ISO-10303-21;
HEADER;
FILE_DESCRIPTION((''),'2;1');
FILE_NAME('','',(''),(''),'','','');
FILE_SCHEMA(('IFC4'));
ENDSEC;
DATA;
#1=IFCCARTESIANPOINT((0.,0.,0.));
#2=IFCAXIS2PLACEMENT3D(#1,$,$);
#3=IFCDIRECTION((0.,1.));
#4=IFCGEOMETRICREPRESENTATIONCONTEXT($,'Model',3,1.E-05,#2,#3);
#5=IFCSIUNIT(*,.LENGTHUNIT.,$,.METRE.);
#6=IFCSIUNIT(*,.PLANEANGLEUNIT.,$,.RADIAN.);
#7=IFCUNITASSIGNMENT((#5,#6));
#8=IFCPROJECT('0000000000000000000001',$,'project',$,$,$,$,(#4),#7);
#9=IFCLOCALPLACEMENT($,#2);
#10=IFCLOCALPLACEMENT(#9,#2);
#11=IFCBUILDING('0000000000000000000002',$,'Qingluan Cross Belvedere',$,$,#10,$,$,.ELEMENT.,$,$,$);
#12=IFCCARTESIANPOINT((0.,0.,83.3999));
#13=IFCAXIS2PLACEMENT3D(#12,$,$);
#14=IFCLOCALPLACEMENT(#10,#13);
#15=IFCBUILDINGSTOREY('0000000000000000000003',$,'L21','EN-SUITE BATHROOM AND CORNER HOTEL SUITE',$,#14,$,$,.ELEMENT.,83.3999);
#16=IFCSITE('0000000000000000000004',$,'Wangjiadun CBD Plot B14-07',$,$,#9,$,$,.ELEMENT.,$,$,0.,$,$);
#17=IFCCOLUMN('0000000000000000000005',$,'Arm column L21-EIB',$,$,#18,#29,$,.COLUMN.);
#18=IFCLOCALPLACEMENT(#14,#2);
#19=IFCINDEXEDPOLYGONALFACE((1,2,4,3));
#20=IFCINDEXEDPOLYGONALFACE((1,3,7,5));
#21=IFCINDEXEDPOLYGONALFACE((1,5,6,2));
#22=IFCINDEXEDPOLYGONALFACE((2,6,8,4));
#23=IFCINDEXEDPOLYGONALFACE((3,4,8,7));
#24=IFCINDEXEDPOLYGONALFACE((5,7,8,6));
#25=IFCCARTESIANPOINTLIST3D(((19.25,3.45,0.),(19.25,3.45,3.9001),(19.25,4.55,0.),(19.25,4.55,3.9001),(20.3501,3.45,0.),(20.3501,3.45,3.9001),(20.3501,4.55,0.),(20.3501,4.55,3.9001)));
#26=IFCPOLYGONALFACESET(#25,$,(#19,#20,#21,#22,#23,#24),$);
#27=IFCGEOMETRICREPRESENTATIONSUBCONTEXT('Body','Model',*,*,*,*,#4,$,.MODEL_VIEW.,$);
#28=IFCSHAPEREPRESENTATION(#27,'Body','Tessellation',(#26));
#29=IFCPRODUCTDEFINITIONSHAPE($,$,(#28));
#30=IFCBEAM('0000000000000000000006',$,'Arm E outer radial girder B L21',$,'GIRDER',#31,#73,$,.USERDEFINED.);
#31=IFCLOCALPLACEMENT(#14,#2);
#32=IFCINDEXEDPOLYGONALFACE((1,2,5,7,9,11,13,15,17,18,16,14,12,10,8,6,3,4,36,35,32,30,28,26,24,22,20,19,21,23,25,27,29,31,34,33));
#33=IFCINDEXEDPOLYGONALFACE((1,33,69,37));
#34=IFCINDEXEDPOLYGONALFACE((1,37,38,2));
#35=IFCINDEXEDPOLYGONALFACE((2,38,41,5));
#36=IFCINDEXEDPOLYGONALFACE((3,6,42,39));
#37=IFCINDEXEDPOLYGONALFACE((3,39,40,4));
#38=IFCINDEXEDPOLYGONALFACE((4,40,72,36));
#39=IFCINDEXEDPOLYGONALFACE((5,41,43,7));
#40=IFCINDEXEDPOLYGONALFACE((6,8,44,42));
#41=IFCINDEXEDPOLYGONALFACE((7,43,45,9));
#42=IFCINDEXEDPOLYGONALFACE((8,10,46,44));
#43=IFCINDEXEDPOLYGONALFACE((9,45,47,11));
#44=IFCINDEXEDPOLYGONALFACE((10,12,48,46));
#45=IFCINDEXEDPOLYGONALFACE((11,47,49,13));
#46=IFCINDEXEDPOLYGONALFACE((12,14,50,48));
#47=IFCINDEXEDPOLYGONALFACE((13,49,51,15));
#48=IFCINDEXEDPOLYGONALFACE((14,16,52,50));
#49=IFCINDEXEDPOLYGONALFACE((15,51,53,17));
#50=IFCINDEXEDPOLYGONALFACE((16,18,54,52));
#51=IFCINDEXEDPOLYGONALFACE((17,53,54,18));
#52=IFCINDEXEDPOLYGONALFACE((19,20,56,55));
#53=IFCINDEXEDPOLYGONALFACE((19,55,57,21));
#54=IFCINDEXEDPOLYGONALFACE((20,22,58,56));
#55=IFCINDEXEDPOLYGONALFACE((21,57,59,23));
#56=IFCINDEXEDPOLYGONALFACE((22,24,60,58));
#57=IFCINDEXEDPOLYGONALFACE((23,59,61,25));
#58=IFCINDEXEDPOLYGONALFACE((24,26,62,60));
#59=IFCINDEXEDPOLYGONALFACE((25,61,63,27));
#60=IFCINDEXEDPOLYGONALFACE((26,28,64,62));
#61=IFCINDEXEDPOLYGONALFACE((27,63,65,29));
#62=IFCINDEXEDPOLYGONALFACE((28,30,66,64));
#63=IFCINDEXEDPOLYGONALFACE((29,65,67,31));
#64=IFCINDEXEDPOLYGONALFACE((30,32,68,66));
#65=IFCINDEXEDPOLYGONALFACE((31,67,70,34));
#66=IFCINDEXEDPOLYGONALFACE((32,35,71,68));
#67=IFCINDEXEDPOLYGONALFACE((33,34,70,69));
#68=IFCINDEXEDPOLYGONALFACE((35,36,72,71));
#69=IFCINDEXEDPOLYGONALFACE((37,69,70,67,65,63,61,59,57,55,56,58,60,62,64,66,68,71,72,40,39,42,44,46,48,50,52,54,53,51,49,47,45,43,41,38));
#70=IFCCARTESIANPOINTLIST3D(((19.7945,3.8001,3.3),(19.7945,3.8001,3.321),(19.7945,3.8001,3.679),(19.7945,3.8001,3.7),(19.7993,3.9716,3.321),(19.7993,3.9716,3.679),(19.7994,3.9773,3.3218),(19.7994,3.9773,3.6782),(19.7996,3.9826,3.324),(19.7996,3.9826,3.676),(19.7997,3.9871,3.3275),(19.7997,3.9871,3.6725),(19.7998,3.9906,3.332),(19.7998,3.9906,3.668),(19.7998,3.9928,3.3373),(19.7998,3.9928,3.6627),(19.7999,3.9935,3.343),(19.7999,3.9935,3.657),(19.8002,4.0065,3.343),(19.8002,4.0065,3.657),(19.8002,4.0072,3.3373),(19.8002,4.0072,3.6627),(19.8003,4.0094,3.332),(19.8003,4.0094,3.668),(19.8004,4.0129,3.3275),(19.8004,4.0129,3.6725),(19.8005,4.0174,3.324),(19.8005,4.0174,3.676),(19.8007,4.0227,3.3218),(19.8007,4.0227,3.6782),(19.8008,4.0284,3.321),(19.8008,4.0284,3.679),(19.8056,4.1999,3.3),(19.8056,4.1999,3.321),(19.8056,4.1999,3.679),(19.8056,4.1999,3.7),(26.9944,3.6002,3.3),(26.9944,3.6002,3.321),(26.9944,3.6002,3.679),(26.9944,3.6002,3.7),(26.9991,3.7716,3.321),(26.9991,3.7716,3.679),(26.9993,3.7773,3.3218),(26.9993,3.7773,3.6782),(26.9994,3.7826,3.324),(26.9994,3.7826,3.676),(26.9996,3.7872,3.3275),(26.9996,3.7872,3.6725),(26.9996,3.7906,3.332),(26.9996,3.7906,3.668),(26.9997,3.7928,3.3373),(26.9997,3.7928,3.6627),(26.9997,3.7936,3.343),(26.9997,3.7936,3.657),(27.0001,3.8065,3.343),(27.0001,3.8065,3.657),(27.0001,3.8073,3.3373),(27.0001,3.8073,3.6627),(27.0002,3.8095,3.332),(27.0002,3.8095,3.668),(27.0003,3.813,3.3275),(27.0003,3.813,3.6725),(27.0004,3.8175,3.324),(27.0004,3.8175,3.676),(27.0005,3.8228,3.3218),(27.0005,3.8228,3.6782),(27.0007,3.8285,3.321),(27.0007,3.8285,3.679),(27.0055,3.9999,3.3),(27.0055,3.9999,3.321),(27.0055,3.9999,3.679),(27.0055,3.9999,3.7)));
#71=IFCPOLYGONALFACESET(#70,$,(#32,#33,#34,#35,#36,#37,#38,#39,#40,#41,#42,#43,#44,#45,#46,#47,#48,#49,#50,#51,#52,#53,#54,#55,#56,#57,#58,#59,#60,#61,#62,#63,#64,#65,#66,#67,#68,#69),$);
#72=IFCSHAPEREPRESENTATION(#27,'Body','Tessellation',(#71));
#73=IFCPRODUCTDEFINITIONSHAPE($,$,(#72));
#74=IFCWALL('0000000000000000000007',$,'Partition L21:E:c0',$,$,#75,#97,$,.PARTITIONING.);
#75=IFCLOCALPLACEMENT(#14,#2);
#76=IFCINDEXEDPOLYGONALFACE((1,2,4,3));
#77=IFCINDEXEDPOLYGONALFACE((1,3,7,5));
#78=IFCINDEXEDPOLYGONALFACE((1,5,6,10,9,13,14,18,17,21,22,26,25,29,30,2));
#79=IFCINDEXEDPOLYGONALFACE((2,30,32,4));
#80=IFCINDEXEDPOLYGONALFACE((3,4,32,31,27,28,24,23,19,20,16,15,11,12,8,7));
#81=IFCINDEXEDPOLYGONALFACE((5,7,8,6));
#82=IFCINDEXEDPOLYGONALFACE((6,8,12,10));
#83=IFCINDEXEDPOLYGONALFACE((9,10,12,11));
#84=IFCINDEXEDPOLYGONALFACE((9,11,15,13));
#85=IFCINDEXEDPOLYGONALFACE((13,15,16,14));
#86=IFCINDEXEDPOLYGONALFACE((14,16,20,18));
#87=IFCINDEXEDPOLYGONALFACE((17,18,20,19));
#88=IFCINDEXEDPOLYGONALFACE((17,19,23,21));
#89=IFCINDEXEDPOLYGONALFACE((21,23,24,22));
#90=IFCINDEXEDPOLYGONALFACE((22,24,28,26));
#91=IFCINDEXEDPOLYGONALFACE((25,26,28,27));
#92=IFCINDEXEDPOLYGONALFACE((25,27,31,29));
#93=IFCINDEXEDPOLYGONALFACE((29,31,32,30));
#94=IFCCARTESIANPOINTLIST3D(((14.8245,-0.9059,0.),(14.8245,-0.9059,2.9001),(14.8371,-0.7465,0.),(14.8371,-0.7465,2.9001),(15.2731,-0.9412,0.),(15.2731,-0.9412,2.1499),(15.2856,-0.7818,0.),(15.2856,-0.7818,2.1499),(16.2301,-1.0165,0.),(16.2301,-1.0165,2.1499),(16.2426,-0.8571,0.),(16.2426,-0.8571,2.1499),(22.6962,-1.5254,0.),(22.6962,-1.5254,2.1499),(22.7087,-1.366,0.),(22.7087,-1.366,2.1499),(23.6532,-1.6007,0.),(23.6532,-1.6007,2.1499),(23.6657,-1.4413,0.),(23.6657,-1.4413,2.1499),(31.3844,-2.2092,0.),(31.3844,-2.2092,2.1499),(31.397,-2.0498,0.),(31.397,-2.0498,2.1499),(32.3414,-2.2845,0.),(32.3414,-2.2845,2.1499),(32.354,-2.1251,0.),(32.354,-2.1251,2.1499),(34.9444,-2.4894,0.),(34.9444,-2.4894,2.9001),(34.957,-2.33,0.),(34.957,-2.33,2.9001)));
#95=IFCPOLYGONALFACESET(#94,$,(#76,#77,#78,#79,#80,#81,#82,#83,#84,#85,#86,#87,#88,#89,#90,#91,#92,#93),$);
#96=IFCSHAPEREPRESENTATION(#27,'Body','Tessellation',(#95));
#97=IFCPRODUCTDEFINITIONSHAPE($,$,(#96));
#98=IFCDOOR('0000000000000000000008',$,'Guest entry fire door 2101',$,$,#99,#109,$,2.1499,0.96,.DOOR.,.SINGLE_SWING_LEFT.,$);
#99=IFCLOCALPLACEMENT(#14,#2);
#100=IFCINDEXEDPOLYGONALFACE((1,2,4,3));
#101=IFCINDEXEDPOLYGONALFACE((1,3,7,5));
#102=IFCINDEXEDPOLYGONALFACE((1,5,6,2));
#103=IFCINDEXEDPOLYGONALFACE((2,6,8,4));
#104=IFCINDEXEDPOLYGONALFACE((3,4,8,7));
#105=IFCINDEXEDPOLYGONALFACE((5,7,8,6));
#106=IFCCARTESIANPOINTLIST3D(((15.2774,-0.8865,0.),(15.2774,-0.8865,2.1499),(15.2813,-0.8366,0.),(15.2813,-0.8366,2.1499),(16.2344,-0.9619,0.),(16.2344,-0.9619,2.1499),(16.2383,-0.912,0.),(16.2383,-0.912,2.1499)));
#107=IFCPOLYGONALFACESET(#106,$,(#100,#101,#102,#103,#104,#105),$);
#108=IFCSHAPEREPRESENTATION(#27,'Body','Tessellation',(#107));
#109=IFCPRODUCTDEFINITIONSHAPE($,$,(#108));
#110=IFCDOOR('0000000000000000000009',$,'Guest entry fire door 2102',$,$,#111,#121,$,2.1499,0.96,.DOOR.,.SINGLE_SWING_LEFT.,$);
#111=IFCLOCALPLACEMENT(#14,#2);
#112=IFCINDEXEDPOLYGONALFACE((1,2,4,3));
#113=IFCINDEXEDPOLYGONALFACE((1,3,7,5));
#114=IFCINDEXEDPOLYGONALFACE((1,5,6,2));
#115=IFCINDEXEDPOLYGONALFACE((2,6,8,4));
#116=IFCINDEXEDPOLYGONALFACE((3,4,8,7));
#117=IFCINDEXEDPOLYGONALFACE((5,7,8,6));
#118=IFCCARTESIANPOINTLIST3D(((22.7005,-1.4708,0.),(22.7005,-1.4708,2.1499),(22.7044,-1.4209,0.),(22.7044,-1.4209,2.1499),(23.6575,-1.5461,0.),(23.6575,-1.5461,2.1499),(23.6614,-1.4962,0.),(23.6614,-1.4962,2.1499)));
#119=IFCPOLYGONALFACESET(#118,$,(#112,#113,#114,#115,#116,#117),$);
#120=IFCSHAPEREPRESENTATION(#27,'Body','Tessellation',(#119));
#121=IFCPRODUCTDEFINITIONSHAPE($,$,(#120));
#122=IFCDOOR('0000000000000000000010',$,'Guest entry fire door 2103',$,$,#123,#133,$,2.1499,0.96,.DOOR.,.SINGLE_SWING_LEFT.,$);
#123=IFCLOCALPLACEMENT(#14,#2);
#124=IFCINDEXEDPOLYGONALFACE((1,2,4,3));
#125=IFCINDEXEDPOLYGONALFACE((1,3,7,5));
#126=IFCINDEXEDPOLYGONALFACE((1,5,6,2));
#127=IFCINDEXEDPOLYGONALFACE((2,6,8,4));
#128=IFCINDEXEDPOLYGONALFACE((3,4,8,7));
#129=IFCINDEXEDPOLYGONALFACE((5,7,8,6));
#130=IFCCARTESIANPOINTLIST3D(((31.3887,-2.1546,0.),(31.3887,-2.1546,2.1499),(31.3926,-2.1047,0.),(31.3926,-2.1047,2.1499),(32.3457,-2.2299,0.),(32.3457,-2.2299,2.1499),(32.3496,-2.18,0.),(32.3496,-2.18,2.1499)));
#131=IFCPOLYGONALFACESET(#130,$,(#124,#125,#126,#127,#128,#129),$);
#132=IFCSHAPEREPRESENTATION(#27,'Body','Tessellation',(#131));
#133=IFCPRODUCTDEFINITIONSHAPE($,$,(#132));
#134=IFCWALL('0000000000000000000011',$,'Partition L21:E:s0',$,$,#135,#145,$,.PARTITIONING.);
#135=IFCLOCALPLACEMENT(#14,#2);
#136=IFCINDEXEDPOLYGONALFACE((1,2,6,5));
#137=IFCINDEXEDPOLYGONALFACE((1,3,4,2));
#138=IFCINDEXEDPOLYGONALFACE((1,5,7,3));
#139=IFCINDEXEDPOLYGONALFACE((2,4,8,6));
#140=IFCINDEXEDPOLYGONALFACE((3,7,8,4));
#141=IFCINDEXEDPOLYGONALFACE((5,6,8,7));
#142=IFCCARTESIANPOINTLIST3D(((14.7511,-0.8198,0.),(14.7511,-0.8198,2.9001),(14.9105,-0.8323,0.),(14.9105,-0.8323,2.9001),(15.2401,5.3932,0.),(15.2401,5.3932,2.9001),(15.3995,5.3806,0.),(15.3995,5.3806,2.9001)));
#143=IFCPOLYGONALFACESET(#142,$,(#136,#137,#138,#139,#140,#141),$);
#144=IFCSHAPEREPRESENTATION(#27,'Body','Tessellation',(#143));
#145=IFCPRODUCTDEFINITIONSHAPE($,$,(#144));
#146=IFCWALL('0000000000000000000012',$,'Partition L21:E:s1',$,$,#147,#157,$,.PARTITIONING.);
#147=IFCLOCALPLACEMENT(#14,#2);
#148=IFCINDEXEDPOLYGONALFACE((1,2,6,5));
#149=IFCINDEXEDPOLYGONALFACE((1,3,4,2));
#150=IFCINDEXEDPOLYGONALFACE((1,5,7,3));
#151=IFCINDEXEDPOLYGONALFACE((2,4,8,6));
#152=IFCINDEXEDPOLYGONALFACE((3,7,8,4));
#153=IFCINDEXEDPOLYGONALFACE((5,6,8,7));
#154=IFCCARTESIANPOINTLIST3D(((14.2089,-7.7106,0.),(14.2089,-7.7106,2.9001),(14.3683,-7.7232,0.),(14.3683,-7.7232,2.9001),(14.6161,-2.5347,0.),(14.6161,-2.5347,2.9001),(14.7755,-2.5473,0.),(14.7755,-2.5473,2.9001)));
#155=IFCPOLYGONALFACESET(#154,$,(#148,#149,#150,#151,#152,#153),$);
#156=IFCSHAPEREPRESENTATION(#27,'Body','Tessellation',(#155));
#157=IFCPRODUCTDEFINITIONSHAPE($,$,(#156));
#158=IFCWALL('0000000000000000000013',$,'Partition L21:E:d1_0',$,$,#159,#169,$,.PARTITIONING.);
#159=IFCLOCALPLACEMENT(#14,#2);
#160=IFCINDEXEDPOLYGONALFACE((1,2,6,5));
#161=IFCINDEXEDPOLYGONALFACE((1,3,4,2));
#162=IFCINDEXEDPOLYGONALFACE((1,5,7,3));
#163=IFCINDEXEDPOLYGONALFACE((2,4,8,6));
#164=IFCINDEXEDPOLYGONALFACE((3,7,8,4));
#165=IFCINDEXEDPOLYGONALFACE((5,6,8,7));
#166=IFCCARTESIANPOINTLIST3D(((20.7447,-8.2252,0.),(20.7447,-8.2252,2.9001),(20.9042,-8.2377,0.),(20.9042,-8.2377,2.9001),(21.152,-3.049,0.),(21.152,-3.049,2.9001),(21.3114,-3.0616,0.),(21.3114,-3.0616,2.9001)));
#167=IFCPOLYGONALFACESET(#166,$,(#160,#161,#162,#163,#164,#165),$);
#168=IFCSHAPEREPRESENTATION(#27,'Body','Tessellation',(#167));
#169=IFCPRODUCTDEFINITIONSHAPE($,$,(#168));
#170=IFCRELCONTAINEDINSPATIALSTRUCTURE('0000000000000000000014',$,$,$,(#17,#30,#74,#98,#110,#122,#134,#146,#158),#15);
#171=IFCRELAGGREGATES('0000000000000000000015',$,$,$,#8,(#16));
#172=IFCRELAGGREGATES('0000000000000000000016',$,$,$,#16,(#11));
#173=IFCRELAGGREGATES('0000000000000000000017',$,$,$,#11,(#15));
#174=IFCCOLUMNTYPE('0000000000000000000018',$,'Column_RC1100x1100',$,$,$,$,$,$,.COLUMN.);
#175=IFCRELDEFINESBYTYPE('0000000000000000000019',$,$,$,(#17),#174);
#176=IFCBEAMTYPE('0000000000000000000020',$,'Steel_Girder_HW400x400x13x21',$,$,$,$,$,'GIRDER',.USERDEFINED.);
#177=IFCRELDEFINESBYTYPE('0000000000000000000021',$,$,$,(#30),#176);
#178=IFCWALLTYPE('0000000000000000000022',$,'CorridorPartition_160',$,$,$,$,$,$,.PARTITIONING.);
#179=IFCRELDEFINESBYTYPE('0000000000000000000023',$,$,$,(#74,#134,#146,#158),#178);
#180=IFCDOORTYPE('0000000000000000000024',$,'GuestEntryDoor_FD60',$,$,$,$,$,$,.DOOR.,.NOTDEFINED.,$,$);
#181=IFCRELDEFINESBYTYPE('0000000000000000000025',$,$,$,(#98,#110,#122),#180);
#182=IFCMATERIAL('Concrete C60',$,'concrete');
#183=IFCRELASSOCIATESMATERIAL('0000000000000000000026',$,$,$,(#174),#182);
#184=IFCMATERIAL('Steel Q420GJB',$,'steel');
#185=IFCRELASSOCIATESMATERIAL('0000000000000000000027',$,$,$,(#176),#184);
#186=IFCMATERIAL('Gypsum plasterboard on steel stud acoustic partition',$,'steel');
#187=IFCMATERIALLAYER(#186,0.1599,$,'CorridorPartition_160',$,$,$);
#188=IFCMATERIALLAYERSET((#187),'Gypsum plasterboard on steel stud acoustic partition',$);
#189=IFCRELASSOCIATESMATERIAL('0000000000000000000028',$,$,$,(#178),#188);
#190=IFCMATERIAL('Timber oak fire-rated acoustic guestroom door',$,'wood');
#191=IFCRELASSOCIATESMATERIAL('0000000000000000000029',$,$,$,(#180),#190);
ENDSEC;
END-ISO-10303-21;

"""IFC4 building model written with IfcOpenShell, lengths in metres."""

from ifc_helpers import new_model, si_unit, direction, frame, frame_2d, origin, origin_2d, place, context, subcontext, project, spatial, rectangle, i_section, extrude, material, layer, layer_set, material_profile, profile_set, type_object, element, fill, save


model = new_model("IFC4")

# Units and contexts
model_context = context("Model", 3, precision=1e-05, world=origin(), true_north=direction((0.0, 1.0)))
body_context = subcontext(model_context, "Body", "Model", "MODEL_VIEW")
ifc_project = project(units=[si_unit("LENGTHUNIT", "METRE"), si_unit("PLANEANGLEUNIT", "RADIAN")], contexts=[model_context])

# Site, building, storey
site_placement = place(None, origin())
site = spatial("IfcSite", under=ifc_project, at=site_placement, Name="Wangjiadun CBD Plot B14-07", CompositionType="ELEMENT", RefElevation=0.0)
building_placement = place(site_placement, origin())
building = spatial("IfcBuilding", under=site, at=building_placement, Name="Qingluan Cross Belvedere", CompositionType="ELEMENT")
storey_placement = place(building_placement, frame((0.0, 0.0, 83.3999)))
storey = spatial("IfcBuildingStorey", under=building, at=storey_placement, Name="L21", Description="EN-SUITE BATHROOM AND CORNER HOTEL SUITE", CompositionType="ELEMENT", Elevation=83.3999)

# Column
ifc_material_1 = material(Name="Concrete C60", Category="concrete")
ifc_material_profile_1 = material_profile(ifc_material_1, rectangle(XDim=1.1001, YDim=1.1001, at=origin_2d()), Name="RC1100x1100")
ifc_profile_set_1 = profile_set([ifc_material_profile_1], Name="Concrete C60")
column_type = type_object("IfcColumnType", Name="Column_RC1100x1100", PredefinedType="COLUMN", material=ifc_profile_set_1)
column_placement = place(storey_placement, frame((19.8, 4.0, 0.0), z_axis=(0.0, 0.0, 1.0), x_axis=(1.0, 0.0, 0.0)))
element("IfcColumn", 1, at=column_placement, inside=storey, type_object=column_type, Name="Arm column L21-EIB", PredefinedType="COLUMN", context=body_context, shape_type="SweptSolid", body=[
    extrude(rectangle(XDim=1.1001, YDim=1.1001, at=origin_2d()), origin(), (0.0, 0.0, 1.0), 3.9001),
])

# Beam
ifc_material_2 = material(Name="Steel Q420GJB", Category="steel")
ifc_material_profile_2 = material_profile(ifc_material_2, i_section(OverallWidth=0.3999, OverallDepth=0.3999, WebThickness=0.0129, FlangeThickness=0.021, FilletRadius=0.022, at=origin_2d()), Name="HW400x400x13x21")
ifc_profile_set_2 = profile_set([ifc_material_profile_2], Name="Steel Q420GJB")
beam_type = type_object("IfcBeamType", Name="Steel_Girder_HW400x400x13x21", ElementType="GIRDER", PredefinedType="USERDEFINED", material=ifc_profile_set_2)
beam_placement = place(storey_placement, frame((19.8, 4.0, 3.5), z_axis=(0.999615, -0.02776, 0.0), x_axis=(0.02776, 0.999615, 0.0)))
element("IfcBeam", 2, at=beam_placement, inside=storey, type_object=beam_type, Name="Arm E outer radial girder B L21", ObjectType="GIRDER", PredefinedType="USERDEFINED", context=body_context, shape_type="SweptSolid", body=[
    extrude(i_section(OverallWidth=0.3999, OverallDepth=0.3999, WebThickness=0.0129, FlangeThickness=0.021, FilletRadius=0.022, at=origin_2d()), origin(), (0.0, 0.0, 1.0), 7.2026),
])

# Wall, openings, doors
ifc_material_3 = material(Name="Gypsum plasterboard on steel stud acoustic partition", Category="steel")
ifc_layer_1 = layer(ifc_material_3, 0.1599, Name="CorridorPartition_160")
ifc_layer_set_1 = layer_set([ifc_layer_1], Name="Gypsum plasterboard on steel stud acoustic partition")
wall_type_1 = type_object("IfcWallType", Name="CorridorPartition_160", PredefinedType="PARTITIONING", material=ifc_layer_set_1)
wall_1_placement = place(storey_placement, frame((14.8308, -0.8262, 0.0), z_axis=(0.0, 0.0, 1.0), x_axis=(0.996917, -0.07846, 0.0)))
wall_1 = element("IfcWall", 3, at=wall_1_placement, inside=storey, type_object=wall_type_1, Name="Partition L21:E:c0", PredefinedType="PARTITIONING", context=body_context, shape_type="SweptSolid", body=[
    extrude(rectangle(XDim=20.1821, YDim=0.1599, at=frame_2d((10.0911, 0.0))), origin(), (0.0, 0.0, 1.0), 2.9001),
])
opening_1_placement = place(wall_1_placement, frame((0.45, 0.0, 0.0)))
opening_1 = element("IfcOpeningElement", 4, at=opening_1_placement, cuts=wall_1, PredefinedType="OPENING", context=body_context, shape_type="SweptSolid", body=[
    extrude(rectangle(XDim=0.96, YDim=2.1499, at=frame_2d((0.48, 1.075))), frame((0.0, 0.0898, 0.0), z_axis=(0.0, -1.0, 0.0), x_axis=(1.0, 0.0, 0.0)), (0.0, 0.0, 1.0), 0.1799),
])
opening_2_placement = place(wall_1_placement, frame((7.896, 0.0, 0.0)))
opening_2 = element("IfcOpeningElement", 5, at=opening_2_placement, cuts=wall_1, PredefinedType="OPENING", context=body_context, shape_type="SweptSolid", body=[
    extrude(rectangle(XDim=0.96, YDim=2.1499, at=frame_2d((0.48, 1.075))), frame((0.0, 0.0898, 0.0), z_axis=(0.0, -1.0, 0.0), x_axis=(1.0, 0.0, 0.0)), (0.0, 0.0, 1.0), 0.1799),
])
opening_3_placement = place(wall_1_placement, frame((16.6111, 0.0, 0.0)))
opening_3 = element("IfcOpeningElement", 6, at=opening_3_placement, cuts=wall_1, PredefinedType="OPENING", context=body_context, shape_type="SweptSolid", body=[
    extrude(rectangle(XDim=0.96, YDim=2.1499, at=frame_2d((0.48, 1.075))), frame((0.0, 0.0898, 0.0), z_axis=(0.0, -1.0, 0.0), x_axis=(1.0, 0.0, 0.0)), (0.0, 0.0, 1.0), 0.1799),
])
ifc_material_4 = material(Name="Timber oak fire-rated acoustic guestroom door", Category="wood")
door_type_1 = type_object("IfcDoorType", Name="GuestEntryDoor_FD60", OperationType="NOTDEFINED", PredefinedType="DOOR", material=ifc_material_4)
door_1_placement = place(opening_1_placement, origin())
door_1 = element("IfcDoor", 7, at=door_1_placement, inside=storey, type_object=door_type_1, Name="Guest entry fire door 2101", OperationType="SINGLE_SWING_LEFT", OverallHeight=2.1499, OverallWidth=0.96, PredefinedType="DOOR", context=body_context, shape_type="SweptSolid", body=[
    extrude(rectangle(XDim=0.96, YDim=2.1499, at=frame_2d((0.48, 1.075))), frame((0.0, 0.0249, 0.0), z_axis=(0.0, -1.0, 0.0), x_axis=(1.0, 0.0, 0.0)), (0.0, 0.0, 1.0), 0.05),
])
fill(opening_1, door_1)
door_2_placement = place(opening_2_placement, origin())
door_2 = element("IfcDoor", 8, at=door_2_placement, inside=storey, type_object=door_type_1, Name="Guest entry fire door 2102", OperationType="SINGLE_SWING_LEFT", OverallHeight=2.1499, OverallWidth=0.96, PredefinedType="DOOR", context=body_context, shape_type="SweptSolid", body=[
    extrude(rectangle(XDim=0.96, YDim=2.1499, at=frame_2d((0.48, 1.075))), frame((0.0, 0.0249, 0.0), z_axis=(0.0, -1.0, 0.0), x_axis=(1.0, 0.0, 0.0)), (0.0, 0.0, 1.0), 0.05),
])
fill(opening_2, door_2)
door_3_placement = place(opening_3_placement, origin())
door_3 = element("IfcDoor", 9, at=door_3_placement, inside=storey, type_object=door_type_1, Name="Guest entry fire door 2103", OperationType="SINGLE_SWING_LEFT", OverallHeight=2.1499, OverallWidth=0.96, PredefinedType="DOOR", context=body_context, shape_type="SweptSolid", body=[
    extrude(rectangle(XDim=0.96, YDim=2.1499, at=frame_2d((0.48, 1.075))), frame((0.0, 0.0249, 0.0), z_axis=(0.0, -1.0, 0.0), x_axis=(1.0, 0.0, 0.0)), (0.0, 0.0, 1.0), 0.05),
])
fill(opening_3, door_3)

# Walls
wall_2_placement = place(storey_placement, frame((14.8308, -0.8262, 0.0), z_axis=(0.0, 0.0, 1.0), x_axis=(0.078467, 0.996917, 0.0)))
element("IfcWall", 10, at=wall_2_placement, inside=storey, type_object=wall_type_1, Name="Partition L21:E:s0", PredefinedType="PARTITIONING", context=body_context, shape_type="SweptSolid", body=[
    extrude(rectangle(XDim=6.2322, YDim=0.1599, at=frame_2d((3.1162, 0.0))), origin(), (0.0, 0.0, 1.0), 2.9001),
])
wall_3_placement = place(storey_placement, frame((14.6958, -2.541, 0.0), z_axis=(0.0, 0.0, 1.0), x_axis=(-0.078437, -0.996919, 0.0)))
element("IfcWall", 11, at=wall_3_placement, inside=storey, type_object=wall_type_1, Name="Partition L21:E:s1", PredefinedType="PARTITIONING", context=body_context, shape_type="SweptSolid", body=[
    extrude(rectangle(XDim=5.1919, YDim=0.1599, at=frame_2d((2.5959, 0.0))), origin(), (0.0, 0.0, 1.0), 2.9001),
])
wall_4_placement = place(storey_placement, frame((21.2317, -3.0552, 0.0), z_axis=(0.0, 0.0, 1.0), x_axis=(-0.078433, -0.996919, 0.0)))
element("IfcWall", 12, at=wall_4_placement, inside=storey, type_object=wall_type_1, Name="Partition L21:E:d1_0", PredefinedType="PARTITIONING", context=body_context, shape_type="SweptSolid", body=[
    extrude(rectangle(XDim=5.1921, YDim=0.1599, at=frame_2d((2.5962, 0.0))), origin(), (0.0, 0.0, 1.0), 2.9001),
])

save(model, "model.ifc")
